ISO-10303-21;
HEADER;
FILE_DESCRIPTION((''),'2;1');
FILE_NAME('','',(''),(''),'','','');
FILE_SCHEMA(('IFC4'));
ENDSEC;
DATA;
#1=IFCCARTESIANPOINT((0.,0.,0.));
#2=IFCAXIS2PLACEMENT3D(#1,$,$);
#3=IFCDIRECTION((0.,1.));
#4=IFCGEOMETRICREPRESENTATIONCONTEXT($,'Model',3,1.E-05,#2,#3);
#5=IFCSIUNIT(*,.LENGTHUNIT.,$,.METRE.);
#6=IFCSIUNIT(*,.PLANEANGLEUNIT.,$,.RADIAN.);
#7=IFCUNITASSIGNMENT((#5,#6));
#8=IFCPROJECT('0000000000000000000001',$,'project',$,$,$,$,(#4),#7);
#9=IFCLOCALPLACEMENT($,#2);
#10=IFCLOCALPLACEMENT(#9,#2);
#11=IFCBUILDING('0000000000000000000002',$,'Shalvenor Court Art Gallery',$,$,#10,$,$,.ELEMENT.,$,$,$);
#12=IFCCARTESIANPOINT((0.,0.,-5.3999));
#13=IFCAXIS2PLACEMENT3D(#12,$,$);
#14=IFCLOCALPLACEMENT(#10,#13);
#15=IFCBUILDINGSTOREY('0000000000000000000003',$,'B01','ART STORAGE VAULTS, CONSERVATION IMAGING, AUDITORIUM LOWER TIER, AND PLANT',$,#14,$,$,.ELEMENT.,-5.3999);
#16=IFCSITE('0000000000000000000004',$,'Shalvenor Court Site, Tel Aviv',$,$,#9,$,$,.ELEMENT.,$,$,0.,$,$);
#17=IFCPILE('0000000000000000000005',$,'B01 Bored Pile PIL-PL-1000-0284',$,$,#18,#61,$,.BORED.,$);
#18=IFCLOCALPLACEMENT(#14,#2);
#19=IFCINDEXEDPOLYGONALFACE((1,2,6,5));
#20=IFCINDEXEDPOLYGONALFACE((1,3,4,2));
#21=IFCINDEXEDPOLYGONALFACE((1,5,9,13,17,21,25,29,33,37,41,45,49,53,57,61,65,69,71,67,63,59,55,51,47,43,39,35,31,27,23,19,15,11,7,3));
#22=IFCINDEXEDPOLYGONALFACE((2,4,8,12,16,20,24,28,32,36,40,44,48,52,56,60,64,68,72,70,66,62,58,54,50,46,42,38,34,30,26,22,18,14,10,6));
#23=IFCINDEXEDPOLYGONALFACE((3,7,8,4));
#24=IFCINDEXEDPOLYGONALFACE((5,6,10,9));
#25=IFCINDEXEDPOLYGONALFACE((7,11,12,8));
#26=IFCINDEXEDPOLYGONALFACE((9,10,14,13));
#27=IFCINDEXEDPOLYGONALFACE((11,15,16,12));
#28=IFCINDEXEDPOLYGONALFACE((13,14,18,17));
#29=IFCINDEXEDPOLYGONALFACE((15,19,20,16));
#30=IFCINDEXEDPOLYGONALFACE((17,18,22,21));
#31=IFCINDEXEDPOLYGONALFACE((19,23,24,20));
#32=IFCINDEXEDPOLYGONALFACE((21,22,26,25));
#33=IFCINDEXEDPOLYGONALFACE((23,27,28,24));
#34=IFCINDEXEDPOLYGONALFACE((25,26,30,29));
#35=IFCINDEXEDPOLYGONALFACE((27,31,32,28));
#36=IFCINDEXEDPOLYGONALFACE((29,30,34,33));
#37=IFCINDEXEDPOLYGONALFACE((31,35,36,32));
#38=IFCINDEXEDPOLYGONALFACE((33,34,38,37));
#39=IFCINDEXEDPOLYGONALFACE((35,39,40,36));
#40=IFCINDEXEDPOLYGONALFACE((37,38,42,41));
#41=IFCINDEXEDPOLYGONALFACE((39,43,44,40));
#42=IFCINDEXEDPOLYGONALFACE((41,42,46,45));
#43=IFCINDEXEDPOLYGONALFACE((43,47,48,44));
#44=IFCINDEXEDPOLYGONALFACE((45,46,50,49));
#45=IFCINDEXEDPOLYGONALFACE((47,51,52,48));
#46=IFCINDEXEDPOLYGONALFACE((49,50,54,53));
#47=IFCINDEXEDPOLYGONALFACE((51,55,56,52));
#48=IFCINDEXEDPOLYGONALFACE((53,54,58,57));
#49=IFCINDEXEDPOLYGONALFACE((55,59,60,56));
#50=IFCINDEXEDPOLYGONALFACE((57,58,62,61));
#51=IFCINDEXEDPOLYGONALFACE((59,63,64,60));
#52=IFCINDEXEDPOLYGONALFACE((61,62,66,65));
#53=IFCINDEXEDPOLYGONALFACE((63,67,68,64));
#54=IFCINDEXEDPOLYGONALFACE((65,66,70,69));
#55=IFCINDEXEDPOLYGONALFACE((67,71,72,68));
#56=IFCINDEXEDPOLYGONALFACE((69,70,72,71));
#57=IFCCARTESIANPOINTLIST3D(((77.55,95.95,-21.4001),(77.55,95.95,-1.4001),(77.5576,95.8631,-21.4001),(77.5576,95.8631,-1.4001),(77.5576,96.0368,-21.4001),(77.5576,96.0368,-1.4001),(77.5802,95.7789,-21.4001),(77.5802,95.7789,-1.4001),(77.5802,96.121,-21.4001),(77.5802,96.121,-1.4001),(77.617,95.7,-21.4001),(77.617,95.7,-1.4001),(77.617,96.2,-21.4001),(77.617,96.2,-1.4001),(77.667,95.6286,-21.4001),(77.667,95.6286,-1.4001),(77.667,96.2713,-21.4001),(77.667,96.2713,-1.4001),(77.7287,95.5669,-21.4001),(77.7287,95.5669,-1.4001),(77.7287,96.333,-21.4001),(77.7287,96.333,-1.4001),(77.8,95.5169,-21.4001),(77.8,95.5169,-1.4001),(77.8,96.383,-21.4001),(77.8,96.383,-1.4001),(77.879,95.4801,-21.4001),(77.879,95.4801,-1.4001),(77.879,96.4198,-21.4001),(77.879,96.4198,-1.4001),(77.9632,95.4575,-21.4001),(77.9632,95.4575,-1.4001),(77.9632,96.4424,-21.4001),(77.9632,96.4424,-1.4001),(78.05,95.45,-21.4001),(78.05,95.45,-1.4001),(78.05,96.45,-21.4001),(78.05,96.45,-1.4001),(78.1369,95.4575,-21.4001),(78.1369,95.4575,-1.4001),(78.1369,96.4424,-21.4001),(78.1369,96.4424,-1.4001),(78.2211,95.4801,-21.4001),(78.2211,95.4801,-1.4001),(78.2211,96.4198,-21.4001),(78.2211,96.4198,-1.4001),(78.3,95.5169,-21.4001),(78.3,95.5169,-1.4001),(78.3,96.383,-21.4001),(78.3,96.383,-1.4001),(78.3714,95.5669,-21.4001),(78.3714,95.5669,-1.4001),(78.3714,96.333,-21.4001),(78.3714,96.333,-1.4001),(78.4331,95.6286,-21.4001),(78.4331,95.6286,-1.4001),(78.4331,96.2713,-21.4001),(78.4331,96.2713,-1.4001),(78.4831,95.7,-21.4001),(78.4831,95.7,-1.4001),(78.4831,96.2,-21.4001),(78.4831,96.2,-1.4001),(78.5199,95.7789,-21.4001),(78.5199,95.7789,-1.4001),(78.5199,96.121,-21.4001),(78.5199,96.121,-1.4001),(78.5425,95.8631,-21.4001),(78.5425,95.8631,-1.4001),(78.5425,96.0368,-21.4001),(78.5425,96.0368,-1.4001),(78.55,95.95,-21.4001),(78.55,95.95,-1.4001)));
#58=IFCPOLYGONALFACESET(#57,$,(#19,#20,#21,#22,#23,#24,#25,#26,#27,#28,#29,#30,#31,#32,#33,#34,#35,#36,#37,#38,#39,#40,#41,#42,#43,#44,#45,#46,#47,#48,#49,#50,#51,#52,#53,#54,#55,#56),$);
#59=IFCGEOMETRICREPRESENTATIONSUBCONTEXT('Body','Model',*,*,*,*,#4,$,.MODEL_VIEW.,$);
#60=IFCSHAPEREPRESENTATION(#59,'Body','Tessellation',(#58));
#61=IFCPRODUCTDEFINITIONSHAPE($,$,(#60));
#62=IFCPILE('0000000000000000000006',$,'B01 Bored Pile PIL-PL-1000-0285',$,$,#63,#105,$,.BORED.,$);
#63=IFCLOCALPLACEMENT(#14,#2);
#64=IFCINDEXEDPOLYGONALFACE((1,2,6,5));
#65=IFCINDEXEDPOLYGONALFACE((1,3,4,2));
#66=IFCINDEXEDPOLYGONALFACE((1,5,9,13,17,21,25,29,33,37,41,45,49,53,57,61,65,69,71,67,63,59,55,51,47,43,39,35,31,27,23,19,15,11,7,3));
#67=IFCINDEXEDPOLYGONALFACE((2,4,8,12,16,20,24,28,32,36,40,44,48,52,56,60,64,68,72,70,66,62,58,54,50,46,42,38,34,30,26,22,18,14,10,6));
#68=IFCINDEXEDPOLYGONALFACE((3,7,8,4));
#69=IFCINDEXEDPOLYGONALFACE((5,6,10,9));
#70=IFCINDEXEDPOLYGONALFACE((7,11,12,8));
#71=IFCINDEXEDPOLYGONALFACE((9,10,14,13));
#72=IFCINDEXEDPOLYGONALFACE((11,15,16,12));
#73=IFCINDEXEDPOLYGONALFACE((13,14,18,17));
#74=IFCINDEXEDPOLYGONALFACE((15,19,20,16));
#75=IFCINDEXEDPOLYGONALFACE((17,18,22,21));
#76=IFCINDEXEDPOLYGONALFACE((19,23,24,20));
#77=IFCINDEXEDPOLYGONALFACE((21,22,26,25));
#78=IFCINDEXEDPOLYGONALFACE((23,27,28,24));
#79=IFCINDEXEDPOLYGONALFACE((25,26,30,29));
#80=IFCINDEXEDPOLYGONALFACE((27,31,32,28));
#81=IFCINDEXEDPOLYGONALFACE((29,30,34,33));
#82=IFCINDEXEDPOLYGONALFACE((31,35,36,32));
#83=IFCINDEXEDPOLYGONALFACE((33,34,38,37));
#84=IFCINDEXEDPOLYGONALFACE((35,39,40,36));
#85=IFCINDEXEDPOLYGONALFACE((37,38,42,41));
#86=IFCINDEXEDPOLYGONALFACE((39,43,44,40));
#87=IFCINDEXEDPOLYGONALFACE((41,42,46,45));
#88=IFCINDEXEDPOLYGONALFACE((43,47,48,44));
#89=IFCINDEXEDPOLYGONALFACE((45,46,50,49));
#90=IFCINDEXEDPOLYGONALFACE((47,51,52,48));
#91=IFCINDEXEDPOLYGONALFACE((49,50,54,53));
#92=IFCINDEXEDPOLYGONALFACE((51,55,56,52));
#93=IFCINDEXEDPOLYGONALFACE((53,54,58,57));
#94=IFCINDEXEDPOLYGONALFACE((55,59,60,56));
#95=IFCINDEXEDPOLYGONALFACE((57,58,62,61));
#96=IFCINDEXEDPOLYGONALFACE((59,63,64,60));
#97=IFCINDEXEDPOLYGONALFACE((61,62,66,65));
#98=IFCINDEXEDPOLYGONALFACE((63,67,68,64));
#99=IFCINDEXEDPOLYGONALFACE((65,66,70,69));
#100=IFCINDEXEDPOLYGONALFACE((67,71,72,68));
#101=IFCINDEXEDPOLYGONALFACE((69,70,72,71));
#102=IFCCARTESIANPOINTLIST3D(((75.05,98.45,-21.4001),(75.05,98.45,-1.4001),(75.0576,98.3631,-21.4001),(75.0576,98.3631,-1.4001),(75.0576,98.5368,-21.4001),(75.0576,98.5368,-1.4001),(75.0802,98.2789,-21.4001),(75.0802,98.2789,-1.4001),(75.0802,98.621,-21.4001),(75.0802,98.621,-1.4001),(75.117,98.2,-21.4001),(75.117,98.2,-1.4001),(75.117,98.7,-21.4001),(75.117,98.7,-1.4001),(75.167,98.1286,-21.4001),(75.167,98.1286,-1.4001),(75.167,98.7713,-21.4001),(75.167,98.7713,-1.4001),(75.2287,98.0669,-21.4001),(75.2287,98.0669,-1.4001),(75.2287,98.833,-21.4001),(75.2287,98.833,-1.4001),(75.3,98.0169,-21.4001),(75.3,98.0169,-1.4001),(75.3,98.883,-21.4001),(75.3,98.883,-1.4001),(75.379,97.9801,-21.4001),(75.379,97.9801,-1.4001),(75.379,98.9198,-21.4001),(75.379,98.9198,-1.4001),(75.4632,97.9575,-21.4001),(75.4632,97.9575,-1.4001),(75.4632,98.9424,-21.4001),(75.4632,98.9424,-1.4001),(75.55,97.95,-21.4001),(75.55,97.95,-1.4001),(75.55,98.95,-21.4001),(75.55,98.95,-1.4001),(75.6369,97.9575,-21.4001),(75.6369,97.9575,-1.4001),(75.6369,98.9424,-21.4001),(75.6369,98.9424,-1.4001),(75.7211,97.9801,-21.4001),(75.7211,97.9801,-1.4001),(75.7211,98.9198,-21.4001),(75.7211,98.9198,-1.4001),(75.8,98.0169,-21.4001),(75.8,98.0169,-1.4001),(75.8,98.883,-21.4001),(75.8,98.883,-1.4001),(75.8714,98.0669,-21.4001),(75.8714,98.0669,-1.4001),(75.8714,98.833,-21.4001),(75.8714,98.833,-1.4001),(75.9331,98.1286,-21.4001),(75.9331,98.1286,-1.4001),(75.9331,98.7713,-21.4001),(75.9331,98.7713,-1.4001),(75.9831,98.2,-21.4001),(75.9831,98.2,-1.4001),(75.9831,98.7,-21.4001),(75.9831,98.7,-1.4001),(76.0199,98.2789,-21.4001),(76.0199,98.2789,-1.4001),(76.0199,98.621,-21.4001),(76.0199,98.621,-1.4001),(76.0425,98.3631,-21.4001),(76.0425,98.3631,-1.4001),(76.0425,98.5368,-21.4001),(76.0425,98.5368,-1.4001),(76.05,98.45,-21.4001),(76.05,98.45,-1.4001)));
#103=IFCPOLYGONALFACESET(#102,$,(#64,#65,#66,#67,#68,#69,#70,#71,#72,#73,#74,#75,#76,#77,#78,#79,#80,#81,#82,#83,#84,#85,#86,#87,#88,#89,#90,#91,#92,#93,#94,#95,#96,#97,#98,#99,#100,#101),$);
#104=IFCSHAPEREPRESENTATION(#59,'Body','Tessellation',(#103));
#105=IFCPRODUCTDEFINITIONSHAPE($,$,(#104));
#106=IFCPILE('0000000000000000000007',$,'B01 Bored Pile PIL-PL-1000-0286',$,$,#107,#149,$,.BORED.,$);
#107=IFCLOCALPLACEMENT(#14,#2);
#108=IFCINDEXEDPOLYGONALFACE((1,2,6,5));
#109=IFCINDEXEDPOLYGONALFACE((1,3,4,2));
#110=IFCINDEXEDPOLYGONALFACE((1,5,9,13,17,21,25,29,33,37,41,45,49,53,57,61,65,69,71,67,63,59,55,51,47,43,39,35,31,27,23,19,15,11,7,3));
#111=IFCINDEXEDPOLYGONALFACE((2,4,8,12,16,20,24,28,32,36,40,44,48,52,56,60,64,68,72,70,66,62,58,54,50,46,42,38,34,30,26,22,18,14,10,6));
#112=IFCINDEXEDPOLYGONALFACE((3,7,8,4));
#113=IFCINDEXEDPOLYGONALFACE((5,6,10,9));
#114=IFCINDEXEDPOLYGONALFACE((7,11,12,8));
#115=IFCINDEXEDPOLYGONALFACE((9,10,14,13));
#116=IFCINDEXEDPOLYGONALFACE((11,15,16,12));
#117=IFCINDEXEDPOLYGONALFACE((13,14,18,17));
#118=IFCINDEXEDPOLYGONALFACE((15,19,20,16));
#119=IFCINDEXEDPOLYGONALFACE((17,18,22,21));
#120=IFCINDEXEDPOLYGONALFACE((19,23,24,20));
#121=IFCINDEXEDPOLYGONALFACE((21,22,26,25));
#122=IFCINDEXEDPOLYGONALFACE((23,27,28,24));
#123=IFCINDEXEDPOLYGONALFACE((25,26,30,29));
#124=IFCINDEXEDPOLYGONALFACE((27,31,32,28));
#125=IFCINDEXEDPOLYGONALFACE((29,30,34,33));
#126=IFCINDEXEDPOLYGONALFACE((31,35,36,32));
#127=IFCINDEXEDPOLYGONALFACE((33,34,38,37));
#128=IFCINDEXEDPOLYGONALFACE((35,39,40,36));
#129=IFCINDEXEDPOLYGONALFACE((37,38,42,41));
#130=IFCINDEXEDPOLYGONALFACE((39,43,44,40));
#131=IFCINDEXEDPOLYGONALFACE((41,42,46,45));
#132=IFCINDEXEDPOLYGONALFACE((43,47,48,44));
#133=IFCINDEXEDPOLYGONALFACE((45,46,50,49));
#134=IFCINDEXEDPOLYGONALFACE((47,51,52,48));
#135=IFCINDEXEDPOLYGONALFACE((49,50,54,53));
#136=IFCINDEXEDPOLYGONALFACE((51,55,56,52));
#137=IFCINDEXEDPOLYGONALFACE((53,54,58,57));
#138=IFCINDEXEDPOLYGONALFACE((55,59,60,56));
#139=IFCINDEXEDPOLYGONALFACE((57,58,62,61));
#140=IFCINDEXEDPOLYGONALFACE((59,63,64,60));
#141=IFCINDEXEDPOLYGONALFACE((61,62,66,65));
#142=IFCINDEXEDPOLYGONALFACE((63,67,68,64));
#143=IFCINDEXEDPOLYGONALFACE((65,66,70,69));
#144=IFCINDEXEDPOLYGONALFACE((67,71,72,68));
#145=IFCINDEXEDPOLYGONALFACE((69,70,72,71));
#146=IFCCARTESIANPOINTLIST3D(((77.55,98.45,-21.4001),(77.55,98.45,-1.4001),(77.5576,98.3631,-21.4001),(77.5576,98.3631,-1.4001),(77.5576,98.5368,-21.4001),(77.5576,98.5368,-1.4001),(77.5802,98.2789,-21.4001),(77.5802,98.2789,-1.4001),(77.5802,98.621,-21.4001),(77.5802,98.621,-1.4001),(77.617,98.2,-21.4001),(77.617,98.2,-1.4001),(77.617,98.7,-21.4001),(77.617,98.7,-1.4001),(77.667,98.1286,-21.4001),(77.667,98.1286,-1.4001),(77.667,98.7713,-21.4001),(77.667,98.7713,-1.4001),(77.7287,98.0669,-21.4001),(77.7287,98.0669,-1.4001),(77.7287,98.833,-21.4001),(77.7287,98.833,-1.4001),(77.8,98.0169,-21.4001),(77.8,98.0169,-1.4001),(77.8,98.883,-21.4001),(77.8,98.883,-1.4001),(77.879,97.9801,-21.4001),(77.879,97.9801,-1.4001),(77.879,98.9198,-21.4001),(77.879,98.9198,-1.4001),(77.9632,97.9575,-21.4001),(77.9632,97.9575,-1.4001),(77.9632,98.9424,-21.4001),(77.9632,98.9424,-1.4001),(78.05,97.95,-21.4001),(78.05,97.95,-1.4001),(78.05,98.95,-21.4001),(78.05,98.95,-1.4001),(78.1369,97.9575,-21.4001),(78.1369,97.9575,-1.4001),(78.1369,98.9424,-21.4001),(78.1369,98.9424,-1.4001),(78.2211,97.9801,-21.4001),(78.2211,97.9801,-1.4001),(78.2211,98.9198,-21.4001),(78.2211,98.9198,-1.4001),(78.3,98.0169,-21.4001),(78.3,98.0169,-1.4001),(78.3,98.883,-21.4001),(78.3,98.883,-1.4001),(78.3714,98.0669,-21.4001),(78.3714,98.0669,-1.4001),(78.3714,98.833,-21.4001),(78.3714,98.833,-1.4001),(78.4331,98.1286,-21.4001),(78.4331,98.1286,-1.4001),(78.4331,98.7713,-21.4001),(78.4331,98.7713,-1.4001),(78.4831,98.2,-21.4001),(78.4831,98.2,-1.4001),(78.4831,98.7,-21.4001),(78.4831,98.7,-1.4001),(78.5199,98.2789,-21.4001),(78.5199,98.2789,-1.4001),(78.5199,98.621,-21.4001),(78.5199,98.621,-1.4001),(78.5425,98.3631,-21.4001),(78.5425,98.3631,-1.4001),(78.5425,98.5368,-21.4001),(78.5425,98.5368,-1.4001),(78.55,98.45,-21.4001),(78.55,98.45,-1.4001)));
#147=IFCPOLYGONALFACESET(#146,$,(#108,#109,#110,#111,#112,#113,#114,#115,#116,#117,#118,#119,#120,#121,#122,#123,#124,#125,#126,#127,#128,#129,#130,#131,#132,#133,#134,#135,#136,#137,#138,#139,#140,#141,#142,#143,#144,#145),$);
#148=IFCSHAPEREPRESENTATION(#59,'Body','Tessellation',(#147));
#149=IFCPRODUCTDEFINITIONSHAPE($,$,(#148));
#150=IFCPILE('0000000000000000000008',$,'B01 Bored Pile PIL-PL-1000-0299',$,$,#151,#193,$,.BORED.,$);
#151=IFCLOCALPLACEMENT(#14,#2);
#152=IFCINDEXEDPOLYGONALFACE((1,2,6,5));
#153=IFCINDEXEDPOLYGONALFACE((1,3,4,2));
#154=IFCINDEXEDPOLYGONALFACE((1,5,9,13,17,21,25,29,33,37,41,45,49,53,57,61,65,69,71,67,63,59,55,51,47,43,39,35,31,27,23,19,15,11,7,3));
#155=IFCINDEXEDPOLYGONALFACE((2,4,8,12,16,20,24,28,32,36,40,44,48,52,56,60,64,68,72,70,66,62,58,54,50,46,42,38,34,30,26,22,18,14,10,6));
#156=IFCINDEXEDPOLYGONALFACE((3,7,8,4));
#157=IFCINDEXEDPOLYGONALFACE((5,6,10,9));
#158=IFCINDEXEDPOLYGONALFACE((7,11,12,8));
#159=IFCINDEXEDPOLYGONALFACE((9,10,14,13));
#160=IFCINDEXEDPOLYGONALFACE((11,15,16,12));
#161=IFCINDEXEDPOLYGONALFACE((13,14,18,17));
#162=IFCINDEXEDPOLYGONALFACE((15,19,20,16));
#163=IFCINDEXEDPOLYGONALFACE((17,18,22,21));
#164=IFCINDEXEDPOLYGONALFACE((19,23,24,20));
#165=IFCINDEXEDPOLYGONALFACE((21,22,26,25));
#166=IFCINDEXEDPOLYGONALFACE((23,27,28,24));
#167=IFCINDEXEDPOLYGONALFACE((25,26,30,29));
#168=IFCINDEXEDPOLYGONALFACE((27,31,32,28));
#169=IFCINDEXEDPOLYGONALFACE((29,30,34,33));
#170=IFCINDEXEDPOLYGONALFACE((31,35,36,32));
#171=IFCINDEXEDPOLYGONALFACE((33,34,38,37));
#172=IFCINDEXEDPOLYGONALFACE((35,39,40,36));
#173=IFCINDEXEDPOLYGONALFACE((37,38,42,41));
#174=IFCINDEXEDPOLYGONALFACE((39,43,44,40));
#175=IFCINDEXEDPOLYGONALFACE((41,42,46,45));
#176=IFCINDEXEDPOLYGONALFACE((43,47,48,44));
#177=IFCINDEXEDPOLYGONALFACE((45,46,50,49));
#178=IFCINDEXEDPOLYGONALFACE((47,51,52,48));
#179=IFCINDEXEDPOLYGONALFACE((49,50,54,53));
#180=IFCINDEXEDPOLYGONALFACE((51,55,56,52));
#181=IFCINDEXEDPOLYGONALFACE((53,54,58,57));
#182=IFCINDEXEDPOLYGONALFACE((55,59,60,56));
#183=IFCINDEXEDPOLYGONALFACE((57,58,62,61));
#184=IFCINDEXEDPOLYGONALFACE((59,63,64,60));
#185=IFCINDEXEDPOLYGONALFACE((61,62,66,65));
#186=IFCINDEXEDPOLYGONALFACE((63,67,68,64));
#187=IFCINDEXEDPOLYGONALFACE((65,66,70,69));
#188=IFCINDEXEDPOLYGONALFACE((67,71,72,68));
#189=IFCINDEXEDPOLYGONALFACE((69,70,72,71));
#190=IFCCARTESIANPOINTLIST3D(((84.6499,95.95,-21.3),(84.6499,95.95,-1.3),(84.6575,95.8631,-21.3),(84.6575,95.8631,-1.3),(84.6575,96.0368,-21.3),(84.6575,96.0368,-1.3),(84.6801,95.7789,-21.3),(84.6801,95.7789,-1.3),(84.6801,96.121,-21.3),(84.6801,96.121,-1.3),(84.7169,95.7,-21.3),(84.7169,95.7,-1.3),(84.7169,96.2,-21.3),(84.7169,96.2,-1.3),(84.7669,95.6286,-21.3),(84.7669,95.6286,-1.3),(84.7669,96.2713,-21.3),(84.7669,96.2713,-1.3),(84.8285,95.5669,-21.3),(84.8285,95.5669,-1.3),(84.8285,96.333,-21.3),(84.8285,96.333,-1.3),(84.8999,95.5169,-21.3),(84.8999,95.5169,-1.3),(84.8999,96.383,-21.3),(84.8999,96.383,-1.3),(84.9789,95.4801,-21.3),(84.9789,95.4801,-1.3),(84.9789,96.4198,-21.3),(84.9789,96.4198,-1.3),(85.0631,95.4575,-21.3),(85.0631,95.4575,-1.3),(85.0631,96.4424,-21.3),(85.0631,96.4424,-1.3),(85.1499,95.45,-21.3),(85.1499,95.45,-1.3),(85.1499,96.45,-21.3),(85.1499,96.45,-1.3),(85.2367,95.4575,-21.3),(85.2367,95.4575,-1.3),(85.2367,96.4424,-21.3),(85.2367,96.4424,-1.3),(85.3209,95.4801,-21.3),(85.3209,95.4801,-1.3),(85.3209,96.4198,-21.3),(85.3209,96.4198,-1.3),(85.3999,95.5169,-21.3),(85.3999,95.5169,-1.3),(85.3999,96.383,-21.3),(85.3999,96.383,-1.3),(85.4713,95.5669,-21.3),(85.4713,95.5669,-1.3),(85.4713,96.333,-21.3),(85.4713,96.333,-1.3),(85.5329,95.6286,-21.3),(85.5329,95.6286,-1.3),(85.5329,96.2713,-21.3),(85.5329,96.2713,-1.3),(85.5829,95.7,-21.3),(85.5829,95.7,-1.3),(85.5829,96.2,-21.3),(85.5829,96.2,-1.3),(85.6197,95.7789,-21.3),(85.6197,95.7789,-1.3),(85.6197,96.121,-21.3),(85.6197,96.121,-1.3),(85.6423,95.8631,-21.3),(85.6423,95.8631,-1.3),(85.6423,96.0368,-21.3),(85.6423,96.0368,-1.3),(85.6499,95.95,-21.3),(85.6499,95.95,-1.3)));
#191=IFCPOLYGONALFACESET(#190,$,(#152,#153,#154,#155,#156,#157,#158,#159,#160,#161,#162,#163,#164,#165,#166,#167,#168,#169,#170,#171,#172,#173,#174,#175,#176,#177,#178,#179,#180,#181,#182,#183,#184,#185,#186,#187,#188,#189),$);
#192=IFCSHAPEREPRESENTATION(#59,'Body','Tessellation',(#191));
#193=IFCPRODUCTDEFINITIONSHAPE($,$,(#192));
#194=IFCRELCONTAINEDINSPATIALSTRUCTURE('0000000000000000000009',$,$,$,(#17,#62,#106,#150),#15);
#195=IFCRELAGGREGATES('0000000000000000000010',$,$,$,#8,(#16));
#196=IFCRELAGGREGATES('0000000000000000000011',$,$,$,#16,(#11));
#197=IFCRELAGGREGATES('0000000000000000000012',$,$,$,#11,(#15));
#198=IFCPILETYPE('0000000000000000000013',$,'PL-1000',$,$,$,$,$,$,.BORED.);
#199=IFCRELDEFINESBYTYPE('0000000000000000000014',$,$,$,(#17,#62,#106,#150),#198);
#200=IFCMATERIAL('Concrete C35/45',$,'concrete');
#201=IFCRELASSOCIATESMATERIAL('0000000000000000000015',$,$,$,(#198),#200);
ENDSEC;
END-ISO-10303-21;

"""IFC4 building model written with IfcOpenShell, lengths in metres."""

from ifc_helpers import new_model, si_unit, direction, frame, origin, origin_2d, place, context, subcontext, project, spatial, circle, extrude, material, material_profile, profile_set, type_object, element, save


model = new_model("IFC4")

# Units and contexts
model_context = context("Model", 3, precision=1e-05, world=origin(), true_north=direction((0.0, 1.0)))
body_context = subcontext(model_context, "Body", "Model", "MODEL_VIEW")
ifc_project = project(units=[si_unit("LENGTHUNIT", "METRE"), si_unit("PLANEANGLEUNIT", "RADIAN")], contexts=[model_context])

# Site, building, storey
site_placement = place(None, origin())
site = spatial("IfcSite", under=ifc_project, at=site_placement, Name="Shalvenor Court Site, Tel Aviv", CompositionType="ELEMENT", RefElevation=0.0)
building_placement = place(site_placement, origin())
building = spatial("IfcBuilding", under=site, at=building_placement, Name="Shalvenor Court Art Gallery", CompositionType="ELEMENT")
storey_placement = place(building_placement, frame((0.0, 0.0, -5.3999)))
storey = spatial("IfcBuildingStorey", under=building, at=storey_placement, Name="B01", Description="ART STORAGE VAULTS, CONSERVATION IMAGING, AUDITORIUM LOWER TIER, AND PLANT", CompositionType="ELEMENT", Elevation=-5.3999)

# Piles
ifc_material_1 = material(Name="Concrete C35/45", Category="concrete")
ifc_material_profile_1 = material_profile(ifc_material_1, circle(Radius=0.5, at=origin_2d()), Name="PILE 1000")
ifc_profile_set_1 = profile_set([ifc_material_profile_1], Name="Concrete C35/45")
pile_type_1 = type_object("IfcPileType", Name="PL-1000", PredefinedType="BORED", material=ifc_profile_set_1)
for number, where, z_axis, x_axis, name in (
    (1, (78.05, 95.95, -1.4001), (0.0, 0.0, -1.0), (1.0, 0.0, 0.0), "B01 Bored Pile PIL-PL-1000-0284"),
    (2, (75.55, 98.45, -1.4001), (0.0, 0.0, -1.0), (1.0, 0.0, 0.0), "B01 Bored Pile PIL-PL-1000-0285"),
    (3, (78.05, 98.45, -1.4001), (0.0, 0.0, -1.0), (1.0, 0.0, 0.0), "B01 Bored Pile PIL-PL-1000-0286"),
    (4, (85.1499, 95.95, -1.3), (0.0, 0.0, -1.0), (1.0, 0.0, 0.0), "B01 Bored Pile PIL-PL-1000-0299"),
):
    element("IfcPile", number, at=place(storey_placement, frame(where, z_axis=z_axis, x_axis=x_axis)), inside=storey, type_object=pile_type_1, Name=name, PredefinedType="BORED", context=body_context, shape_type="SweptSolid", body=[
        extrude(circle(Radius=0.5, at=origin_2d()), origin(), (0.0, 0.0, 1.0), 20.0),
    ])

save(model, "model.ifc")
